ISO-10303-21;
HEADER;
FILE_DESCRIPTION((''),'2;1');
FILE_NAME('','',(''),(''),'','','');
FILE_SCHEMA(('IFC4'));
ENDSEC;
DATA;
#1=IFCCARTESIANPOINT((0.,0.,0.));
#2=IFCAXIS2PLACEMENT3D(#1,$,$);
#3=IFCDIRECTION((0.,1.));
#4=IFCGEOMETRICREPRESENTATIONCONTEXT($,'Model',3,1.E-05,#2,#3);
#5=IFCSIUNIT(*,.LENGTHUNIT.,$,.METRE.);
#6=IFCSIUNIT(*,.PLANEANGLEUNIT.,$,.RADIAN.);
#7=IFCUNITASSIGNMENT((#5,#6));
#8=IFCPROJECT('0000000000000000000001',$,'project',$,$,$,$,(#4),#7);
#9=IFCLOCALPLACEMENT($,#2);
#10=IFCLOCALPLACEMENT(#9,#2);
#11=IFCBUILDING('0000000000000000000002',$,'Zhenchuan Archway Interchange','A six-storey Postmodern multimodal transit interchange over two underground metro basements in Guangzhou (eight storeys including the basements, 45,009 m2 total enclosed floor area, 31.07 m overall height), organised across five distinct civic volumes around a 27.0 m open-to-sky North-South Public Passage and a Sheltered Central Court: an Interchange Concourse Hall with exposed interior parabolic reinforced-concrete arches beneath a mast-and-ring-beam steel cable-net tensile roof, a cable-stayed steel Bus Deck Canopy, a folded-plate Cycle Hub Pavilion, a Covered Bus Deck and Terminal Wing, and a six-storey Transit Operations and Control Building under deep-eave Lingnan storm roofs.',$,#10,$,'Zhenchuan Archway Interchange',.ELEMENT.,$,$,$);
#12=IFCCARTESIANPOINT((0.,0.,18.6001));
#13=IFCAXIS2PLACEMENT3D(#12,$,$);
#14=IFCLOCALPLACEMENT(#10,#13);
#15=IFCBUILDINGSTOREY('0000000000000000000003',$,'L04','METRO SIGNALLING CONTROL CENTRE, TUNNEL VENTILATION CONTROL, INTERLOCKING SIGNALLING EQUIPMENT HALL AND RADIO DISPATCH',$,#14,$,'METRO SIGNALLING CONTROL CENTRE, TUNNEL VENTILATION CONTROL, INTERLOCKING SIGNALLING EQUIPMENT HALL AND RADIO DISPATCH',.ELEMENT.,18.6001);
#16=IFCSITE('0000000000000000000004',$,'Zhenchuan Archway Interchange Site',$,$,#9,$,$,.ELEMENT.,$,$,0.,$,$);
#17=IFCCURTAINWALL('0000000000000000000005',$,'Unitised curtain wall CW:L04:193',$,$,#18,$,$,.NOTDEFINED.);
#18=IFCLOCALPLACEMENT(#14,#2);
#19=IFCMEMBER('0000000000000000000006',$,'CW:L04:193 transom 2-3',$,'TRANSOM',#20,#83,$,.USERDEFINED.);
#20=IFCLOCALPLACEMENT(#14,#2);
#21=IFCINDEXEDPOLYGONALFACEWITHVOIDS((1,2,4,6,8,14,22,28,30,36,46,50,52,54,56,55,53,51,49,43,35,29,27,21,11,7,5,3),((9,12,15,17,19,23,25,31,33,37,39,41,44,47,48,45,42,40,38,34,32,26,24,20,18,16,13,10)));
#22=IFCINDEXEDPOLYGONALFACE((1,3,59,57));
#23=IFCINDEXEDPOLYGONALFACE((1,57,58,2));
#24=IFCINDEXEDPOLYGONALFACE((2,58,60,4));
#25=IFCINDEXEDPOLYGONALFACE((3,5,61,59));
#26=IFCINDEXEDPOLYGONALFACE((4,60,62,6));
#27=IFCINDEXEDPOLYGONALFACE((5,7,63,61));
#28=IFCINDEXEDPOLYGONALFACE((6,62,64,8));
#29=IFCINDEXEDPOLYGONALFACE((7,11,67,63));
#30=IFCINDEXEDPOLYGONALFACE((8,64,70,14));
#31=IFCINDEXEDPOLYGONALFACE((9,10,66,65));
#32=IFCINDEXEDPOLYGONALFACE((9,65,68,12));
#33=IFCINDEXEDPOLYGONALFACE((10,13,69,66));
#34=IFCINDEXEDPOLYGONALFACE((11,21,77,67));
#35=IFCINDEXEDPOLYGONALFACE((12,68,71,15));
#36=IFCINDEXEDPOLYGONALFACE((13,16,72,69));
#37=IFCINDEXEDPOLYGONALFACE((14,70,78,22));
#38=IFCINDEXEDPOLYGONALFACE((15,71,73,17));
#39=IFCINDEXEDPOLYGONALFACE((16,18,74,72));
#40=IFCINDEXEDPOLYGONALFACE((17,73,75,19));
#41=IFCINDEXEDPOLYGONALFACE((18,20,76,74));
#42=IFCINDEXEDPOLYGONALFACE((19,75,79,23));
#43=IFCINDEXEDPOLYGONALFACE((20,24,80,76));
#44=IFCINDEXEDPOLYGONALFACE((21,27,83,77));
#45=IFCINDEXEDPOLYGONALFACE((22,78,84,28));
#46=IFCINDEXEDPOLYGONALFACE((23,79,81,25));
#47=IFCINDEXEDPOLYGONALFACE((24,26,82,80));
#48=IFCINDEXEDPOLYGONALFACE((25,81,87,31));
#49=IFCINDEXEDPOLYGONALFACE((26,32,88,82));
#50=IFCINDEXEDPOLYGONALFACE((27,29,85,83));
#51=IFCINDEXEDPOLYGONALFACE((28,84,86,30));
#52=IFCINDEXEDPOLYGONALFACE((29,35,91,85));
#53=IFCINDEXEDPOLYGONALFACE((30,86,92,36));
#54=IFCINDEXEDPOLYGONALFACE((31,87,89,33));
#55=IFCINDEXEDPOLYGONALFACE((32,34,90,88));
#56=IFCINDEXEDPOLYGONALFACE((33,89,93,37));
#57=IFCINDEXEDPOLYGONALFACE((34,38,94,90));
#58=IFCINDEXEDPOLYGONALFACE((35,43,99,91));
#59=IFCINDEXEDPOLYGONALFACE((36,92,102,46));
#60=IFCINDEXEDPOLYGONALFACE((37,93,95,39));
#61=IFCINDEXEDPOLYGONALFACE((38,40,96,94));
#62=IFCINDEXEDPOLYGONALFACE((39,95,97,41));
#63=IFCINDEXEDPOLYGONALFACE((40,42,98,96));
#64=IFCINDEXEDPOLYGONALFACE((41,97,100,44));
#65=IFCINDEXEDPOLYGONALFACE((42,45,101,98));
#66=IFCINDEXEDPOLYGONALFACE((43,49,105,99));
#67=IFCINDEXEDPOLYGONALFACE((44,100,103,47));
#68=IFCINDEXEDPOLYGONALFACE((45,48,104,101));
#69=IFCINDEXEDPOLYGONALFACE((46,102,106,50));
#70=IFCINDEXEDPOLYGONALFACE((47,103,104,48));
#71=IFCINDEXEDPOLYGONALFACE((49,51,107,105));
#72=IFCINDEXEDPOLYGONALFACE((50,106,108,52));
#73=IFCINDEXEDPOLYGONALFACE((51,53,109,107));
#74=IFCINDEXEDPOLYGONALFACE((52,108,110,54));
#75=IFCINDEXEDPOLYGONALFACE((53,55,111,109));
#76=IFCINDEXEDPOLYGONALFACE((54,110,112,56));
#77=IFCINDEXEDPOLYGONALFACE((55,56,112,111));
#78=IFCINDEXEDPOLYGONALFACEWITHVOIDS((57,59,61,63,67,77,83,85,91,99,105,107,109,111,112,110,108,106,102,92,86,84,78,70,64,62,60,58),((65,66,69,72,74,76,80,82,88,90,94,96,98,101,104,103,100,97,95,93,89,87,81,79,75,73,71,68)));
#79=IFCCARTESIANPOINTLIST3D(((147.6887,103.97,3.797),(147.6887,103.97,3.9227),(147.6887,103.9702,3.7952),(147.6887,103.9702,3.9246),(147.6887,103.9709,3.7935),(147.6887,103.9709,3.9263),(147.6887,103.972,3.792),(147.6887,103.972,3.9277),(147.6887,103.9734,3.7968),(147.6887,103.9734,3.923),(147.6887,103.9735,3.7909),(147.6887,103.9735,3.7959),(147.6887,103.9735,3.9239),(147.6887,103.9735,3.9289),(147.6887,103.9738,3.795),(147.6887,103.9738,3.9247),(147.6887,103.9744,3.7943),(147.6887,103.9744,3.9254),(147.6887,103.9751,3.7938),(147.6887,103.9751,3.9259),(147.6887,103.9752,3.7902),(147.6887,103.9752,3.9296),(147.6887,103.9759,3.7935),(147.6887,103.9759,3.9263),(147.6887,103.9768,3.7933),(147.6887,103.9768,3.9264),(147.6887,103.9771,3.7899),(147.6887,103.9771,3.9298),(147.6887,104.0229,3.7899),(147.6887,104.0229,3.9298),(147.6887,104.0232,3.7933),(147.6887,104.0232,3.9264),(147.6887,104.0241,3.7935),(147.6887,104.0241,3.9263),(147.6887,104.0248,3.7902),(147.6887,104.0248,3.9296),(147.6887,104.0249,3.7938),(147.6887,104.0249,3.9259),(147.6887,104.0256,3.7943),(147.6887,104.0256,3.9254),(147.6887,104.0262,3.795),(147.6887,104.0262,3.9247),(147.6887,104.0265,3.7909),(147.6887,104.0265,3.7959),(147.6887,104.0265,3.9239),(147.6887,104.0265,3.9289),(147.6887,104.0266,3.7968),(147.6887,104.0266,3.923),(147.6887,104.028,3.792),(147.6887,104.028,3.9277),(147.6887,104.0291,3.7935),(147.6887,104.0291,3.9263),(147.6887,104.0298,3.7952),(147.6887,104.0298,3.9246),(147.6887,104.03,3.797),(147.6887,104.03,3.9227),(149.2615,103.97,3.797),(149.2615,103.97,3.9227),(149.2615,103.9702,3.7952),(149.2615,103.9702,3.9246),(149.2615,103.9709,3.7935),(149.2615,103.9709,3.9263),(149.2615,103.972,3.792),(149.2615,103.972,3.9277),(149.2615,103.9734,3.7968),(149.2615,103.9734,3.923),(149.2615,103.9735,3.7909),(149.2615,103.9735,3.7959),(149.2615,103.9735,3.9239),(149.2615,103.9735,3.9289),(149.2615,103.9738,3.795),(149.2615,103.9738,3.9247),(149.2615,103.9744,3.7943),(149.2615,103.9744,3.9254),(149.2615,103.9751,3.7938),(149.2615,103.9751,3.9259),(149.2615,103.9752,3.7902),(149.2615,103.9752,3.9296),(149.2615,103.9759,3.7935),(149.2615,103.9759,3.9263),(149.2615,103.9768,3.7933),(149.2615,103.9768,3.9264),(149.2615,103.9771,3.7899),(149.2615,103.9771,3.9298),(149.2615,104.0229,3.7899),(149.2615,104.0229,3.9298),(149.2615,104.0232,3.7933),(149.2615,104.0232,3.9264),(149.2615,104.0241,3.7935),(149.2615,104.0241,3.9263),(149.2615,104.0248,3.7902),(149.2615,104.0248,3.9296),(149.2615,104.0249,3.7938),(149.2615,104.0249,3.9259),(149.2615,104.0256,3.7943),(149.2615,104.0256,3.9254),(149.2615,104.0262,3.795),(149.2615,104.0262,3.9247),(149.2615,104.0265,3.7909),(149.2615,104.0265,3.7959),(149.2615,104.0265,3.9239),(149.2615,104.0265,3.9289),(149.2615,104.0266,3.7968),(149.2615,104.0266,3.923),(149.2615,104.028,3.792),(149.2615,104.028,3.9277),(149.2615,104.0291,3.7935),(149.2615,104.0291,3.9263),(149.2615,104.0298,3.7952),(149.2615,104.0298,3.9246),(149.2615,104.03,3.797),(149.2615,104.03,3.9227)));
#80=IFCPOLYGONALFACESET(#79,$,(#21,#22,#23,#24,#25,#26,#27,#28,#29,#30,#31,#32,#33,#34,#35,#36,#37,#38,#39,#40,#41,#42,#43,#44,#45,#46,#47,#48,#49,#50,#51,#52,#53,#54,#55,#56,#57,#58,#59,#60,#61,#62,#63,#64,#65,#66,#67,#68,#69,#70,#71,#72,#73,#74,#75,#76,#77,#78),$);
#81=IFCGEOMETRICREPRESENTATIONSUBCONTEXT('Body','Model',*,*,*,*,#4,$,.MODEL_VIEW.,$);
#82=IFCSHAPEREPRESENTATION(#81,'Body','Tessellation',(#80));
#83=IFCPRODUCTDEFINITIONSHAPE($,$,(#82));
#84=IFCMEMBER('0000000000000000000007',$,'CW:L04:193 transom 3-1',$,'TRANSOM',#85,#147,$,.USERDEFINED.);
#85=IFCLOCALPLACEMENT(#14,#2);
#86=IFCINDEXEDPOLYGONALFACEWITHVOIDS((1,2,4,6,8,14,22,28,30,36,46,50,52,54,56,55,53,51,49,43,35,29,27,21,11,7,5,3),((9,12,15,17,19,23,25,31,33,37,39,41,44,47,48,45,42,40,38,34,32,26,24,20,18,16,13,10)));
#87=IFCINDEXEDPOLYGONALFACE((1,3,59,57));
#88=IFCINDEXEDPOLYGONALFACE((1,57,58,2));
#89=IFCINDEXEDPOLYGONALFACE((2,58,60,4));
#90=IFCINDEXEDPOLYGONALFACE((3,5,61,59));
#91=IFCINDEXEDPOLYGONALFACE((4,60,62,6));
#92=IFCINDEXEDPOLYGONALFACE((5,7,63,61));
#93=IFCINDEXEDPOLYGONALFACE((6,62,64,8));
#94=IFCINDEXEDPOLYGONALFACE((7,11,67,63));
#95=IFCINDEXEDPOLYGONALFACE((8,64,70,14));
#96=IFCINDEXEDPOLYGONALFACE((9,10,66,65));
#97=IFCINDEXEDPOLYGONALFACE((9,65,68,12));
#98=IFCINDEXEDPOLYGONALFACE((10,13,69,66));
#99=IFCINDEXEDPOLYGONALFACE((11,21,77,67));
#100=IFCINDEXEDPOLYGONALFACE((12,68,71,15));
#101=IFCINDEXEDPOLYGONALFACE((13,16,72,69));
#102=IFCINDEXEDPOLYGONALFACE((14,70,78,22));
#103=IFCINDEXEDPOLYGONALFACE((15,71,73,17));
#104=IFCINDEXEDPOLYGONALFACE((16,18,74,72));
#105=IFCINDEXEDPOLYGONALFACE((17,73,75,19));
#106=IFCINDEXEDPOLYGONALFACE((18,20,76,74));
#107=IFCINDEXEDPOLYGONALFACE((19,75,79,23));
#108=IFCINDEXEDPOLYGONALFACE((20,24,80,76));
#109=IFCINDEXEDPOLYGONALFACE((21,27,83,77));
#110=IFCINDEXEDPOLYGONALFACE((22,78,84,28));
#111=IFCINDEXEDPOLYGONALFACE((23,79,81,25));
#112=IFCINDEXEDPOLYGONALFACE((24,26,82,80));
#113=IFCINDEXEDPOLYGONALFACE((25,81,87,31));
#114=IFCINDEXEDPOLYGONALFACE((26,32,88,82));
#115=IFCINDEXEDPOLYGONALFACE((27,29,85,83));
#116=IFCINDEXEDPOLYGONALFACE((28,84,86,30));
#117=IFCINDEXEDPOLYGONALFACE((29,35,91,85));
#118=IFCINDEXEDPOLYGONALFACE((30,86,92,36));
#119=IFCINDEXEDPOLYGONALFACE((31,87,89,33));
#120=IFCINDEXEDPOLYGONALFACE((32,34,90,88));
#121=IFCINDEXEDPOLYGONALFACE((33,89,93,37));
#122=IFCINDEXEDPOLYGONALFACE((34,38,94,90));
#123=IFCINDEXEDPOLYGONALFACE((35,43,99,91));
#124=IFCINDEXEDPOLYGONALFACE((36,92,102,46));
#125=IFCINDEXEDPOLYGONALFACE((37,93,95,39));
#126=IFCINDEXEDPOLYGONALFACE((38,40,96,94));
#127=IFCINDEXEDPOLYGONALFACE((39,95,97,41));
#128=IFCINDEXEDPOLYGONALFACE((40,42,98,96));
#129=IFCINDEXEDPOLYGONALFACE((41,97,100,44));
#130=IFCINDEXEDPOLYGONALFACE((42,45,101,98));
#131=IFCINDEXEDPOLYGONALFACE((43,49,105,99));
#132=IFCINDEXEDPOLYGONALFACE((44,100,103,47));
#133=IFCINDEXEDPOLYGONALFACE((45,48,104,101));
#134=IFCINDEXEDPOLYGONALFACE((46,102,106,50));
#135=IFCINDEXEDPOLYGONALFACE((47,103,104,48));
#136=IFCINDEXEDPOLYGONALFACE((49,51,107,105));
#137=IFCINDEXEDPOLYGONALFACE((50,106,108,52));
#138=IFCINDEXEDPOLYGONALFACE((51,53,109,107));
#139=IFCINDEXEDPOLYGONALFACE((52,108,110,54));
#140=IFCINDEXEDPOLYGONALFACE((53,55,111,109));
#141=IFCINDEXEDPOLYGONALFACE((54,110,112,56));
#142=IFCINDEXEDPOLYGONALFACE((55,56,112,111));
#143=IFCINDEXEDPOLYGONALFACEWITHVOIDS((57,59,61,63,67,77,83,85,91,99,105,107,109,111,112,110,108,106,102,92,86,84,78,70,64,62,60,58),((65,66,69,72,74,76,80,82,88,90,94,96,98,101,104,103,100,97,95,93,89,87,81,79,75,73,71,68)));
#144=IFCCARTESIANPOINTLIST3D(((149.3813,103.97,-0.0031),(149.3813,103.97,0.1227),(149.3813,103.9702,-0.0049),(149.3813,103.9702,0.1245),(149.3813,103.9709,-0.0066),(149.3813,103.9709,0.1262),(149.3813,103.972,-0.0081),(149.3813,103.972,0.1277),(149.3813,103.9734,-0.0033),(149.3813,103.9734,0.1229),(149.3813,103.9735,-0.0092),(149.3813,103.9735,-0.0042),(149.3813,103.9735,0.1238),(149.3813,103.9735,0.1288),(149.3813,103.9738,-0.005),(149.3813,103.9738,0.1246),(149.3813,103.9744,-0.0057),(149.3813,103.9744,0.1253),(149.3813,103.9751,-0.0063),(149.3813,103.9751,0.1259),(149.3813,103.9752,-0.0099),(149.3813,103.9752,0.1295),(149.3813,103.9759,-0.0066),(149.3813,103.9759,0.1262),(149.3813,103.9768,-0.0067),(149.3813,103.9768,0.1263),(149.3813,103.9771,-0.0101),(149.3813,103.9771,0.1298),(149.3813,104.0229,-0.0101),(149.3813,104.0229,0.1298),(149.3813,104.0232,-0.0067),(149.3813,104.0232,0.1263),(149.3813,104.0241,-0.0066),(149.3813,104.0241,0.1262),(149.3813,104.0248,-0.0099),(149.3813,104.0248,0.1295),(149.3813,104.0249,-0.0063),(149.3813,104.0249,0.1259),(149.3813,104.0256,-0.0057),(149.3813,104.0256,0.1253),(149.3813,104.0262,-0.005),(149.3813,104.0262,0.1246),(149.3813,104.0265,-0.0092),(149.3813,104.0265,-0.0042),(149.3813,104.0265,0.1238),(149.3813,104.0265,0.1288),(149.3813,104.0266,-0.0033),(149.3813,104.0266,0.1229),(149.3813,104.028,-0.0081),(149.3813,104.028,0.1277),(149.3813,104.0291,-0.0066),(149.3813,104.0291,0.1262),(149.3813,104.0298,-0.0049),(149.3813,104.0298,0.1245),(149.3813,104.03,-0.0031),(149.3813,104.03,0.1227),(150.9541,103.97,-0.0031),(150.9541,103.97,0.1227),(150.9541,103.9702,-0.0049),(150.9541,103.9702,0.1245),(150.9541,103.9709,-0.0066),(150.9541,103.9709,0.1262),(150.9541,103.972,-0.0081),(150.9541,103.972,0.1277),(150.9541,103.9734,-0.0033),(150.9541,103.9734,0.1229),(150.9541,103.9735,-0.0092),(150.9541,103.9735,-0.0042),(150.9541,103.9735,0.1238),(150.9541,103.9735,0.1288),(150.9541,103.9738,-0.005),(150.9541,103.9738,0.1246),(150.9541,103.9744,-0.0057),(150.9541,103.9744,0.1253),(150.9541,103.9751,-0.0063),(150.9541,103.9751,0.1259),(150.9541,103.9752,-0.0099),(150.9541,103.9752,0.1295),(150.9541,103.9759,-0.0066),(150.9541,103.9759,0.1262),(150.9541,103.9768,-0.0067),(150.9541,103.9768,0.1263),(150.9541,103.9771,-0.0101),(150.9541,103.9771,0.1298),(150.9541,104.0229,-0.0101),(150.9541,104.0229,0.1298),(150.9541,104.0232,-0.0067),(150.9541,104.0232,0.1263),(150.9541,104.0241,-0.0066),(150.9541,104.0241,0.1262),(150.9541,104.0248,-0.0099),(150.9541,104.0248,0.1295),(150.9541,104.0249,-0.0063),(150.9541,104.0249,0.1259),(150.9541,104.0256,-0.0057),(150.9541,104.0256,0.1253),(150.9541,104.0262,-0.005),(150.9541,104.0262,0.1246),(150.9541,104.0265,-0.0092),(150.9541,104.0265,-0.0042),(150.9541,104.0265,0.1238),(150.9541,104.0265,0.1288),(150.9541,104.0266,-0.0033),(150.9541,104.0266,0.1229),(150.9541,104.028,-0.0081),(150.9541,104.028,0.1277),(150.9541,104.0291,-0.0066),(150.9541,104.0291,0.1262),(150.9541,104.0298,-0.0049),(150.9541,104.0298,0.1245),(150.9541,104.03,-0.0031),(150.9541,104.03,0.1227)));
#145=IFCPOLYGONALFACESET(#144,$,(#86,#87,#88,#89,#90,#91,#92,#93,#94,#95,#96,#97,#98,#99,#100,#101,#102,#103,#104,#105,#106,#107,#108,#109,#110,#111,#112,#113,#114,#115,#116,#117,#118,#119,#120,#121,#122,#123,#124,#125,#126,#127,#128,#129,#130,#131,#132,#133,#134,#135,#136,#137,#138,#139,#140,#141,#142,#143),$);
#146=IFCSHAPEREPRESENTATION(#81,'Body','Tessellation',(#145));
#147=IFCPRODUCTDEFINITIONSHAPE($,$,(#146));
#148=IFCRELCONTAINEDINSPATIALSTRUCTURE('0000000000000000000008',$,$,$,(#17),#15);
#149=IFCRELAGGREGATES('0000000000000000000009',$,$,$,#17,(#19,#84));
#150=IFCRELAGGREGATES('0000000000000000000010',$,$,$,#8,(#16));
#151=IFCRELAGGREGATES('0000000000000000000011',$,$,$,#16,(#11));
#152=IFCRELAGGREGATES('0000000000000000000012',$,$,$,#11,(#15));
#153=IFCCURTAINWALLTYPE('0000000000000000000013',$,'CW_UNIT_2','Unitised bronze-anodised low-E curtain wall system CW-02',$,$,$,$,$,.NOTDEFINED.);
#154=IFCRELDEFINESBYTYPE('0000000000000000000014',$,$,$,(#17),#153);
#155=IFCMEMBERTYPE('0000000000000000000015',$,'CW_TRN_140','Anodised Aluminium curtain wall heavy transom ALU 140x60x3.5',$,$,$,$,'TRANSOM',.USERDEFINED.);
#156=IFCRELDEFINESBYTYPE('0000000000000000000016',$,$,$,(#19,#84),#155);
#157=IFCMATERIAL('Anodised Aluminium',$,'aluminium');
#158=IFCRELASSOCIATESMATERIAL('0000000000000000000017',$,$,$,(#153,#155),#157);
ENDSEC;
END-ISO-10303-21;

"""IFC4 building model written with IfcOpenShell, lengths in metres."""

from ifc_helpers import new_model, si_unit, direction, frame, origin, origin_2d, place, context, subcontext, project, spatial, hollow_rectangle, extrude, material, material_profile, profile_set, type_object, element, aggregate, save


model = new_model("IFC4")

# Units and contexts
model_context = context("Model", 3, precision=1e-05, world=origin(), true_north=direction((0.0, 1.0)))
body_context = subcontext(model_context, "Body", "Model", "MODEL_VIEW")
ifc_project = project(units=[si_unit("LENGTHUNIT", "METRE"), si_unit("PLANEANGLEUNIT", "RADIAN")], contexts=[model_context])

# Site, building, storey
site_placement = place(None, origin())
site = spatial("IfcSite", under=ifc_project, at=site_placement, Name="Zhenchuan Archway Interchange Site", CompositionType="ELEMENT", RefElevation=0.0)
building_placement = place(site_placement, origin())
building = spatial("IfcBuilding", under=site, at=building_placement, Name="Zhenchuan Archway Interchange", Description="A six-storey Postmodern multimodal transit interchange over two underground metro basements in Guangzhou (eight storeys including the basements, 45,009 m2 total enclosed floor area, 31.07 m overall height), organised across five distinct civic volumes around a 27.0 m open-to-sky North-South Public Passage and a Sheltered Central Court: an Interchange Concourse Hall with exposed interior parabolic reinforced-concrete arches beneath a mast-and-ring-beam steel cable-net tensile roof, a cable-stayed steel Bus Deck Canopy, a folded-plate Cycle Hub Pavilion, a Covered Bus Deck and Terminal Wing, and a six-storey Transit Operations and Control Building under deep-eave Lingnan storm roofs.", LongName="Zhenchuan Archway Interchange", CompositionType="ELEMENT")
storey_placement = place(building_placement, frame((0.0, 0.0, 18.6001)))
storey = spatial("IfcBuildingStorey", under=building, at=storey_placement, Name="L04", Description="METRO SIGNALLING CONTROL CENTRE, TUNNEL VENTILATION CONTROL, INTERLOCKING SIGNALLING EQUIPMENT HALL AND RADIO DISPATCH", LongName="METRO SIGNALLING CONTROL CENTRE, TUNNEL VENTILATION CONTROL, INTERLOCKING SIGNALLING EQUIPMENT HALL AND RADIO DISPATCH", CompositionType="ELEMENT", Elevation=18.6001)

# Curtain wall, members
ifc_material_1 = material(Name="Anodised Aluminium", Category="aluminium")
curtain_wall_type = type_object("IfcCurtainWallType", Name="CW_UNIT_2", Description="Unitised bronze-anodised low-E curtain wall system CW-02", PredefinedType="NOTDEFINED", material=ifc_material_1)
curtain_wall_placement = place(storey_placement, origin())
curtain_wall = element("IfcCurtainWall", 1, at=curtain_wall_placement, inside=storey, type_object=curtain_wall_type, Name="Unitised curtain wall CW:L04:193", PredefinedType="NOTDEFINED")
ifc_material_profile_1 = material_profile(ifc_material_1, hollow_rectangle(XDim=0.0601, YDim=0.1399, WallThickness=0.0034, InnerFilletRadius=0.0034, OuterFilletRadius=0.0071, at=origin_2d()), Name="ALU 140x60x3.5")
ifc_profile_set_1 = profile_set([ifc_material_profile_1], Name="Anodised Aluminium")
member_type_1 = type_object("IfcMemberType", Name="CW_TRN_140", Description="Anodised Aluminium curtain wall heavy transom ALU 140x60x3.5", ElementType="TRANSOM", PredefinedType="USERDEFINED", material=ifc_profile_set_1)
member_1_placement = place(storey_placement, frame((147.6887, 104.0, 3.8599), z_axis=(1.0, 0.0, 0.0), x_axis=(0.0, 1.0, 0.0)))
member_1 = element("IfcMember", 2, at=member_1_placement, type_object=member_type_1, Name="CW:L04:193 transom 2-3", ObjectType="TRANSOM", PredefinedType="USERDEFINED", context=body_context, shape_type="SweptSolid", body=[
    extrude(hollow_rectangle(XDim=0.0601, YDim=0.1399, WallThickness=0.0034, InnerFilletRadius=0.0034, OuterFilletRadius=0.0071, at=origin_2d()), origin(), (0.0, 0.0, 1.0), 1.5728),
])
member_2_placement = place(storey_placement, frame((149.3813, 104.0, 0.0598), z_axis=(1.0, 0.0, 0.0), x_axis=(0.0, 1.0, 0.0)))
member_2 = element("IfcMember", 3, at=member_2_placement, type_object=member_type_1, Name="CW:L04:193 transom 3-1", ObjectType="TRANSOM", PredefinedType="USERDEFINED", context=body_context, shape_type="SweptSolid", body=[
    extrude(hollow_rectangle(XDim=0.0601, YDim=0.1399, WallThickness=0.0034, InnerFilletRadius=0.0034, OuterFilletRadius=0.0071, at=origin_2d()), origin(), (0.0, 0.0, 1.0), 1.5728),
])
aggregate(curtain_wall, [member_1, member_2])

save(model, "model.ifc")
